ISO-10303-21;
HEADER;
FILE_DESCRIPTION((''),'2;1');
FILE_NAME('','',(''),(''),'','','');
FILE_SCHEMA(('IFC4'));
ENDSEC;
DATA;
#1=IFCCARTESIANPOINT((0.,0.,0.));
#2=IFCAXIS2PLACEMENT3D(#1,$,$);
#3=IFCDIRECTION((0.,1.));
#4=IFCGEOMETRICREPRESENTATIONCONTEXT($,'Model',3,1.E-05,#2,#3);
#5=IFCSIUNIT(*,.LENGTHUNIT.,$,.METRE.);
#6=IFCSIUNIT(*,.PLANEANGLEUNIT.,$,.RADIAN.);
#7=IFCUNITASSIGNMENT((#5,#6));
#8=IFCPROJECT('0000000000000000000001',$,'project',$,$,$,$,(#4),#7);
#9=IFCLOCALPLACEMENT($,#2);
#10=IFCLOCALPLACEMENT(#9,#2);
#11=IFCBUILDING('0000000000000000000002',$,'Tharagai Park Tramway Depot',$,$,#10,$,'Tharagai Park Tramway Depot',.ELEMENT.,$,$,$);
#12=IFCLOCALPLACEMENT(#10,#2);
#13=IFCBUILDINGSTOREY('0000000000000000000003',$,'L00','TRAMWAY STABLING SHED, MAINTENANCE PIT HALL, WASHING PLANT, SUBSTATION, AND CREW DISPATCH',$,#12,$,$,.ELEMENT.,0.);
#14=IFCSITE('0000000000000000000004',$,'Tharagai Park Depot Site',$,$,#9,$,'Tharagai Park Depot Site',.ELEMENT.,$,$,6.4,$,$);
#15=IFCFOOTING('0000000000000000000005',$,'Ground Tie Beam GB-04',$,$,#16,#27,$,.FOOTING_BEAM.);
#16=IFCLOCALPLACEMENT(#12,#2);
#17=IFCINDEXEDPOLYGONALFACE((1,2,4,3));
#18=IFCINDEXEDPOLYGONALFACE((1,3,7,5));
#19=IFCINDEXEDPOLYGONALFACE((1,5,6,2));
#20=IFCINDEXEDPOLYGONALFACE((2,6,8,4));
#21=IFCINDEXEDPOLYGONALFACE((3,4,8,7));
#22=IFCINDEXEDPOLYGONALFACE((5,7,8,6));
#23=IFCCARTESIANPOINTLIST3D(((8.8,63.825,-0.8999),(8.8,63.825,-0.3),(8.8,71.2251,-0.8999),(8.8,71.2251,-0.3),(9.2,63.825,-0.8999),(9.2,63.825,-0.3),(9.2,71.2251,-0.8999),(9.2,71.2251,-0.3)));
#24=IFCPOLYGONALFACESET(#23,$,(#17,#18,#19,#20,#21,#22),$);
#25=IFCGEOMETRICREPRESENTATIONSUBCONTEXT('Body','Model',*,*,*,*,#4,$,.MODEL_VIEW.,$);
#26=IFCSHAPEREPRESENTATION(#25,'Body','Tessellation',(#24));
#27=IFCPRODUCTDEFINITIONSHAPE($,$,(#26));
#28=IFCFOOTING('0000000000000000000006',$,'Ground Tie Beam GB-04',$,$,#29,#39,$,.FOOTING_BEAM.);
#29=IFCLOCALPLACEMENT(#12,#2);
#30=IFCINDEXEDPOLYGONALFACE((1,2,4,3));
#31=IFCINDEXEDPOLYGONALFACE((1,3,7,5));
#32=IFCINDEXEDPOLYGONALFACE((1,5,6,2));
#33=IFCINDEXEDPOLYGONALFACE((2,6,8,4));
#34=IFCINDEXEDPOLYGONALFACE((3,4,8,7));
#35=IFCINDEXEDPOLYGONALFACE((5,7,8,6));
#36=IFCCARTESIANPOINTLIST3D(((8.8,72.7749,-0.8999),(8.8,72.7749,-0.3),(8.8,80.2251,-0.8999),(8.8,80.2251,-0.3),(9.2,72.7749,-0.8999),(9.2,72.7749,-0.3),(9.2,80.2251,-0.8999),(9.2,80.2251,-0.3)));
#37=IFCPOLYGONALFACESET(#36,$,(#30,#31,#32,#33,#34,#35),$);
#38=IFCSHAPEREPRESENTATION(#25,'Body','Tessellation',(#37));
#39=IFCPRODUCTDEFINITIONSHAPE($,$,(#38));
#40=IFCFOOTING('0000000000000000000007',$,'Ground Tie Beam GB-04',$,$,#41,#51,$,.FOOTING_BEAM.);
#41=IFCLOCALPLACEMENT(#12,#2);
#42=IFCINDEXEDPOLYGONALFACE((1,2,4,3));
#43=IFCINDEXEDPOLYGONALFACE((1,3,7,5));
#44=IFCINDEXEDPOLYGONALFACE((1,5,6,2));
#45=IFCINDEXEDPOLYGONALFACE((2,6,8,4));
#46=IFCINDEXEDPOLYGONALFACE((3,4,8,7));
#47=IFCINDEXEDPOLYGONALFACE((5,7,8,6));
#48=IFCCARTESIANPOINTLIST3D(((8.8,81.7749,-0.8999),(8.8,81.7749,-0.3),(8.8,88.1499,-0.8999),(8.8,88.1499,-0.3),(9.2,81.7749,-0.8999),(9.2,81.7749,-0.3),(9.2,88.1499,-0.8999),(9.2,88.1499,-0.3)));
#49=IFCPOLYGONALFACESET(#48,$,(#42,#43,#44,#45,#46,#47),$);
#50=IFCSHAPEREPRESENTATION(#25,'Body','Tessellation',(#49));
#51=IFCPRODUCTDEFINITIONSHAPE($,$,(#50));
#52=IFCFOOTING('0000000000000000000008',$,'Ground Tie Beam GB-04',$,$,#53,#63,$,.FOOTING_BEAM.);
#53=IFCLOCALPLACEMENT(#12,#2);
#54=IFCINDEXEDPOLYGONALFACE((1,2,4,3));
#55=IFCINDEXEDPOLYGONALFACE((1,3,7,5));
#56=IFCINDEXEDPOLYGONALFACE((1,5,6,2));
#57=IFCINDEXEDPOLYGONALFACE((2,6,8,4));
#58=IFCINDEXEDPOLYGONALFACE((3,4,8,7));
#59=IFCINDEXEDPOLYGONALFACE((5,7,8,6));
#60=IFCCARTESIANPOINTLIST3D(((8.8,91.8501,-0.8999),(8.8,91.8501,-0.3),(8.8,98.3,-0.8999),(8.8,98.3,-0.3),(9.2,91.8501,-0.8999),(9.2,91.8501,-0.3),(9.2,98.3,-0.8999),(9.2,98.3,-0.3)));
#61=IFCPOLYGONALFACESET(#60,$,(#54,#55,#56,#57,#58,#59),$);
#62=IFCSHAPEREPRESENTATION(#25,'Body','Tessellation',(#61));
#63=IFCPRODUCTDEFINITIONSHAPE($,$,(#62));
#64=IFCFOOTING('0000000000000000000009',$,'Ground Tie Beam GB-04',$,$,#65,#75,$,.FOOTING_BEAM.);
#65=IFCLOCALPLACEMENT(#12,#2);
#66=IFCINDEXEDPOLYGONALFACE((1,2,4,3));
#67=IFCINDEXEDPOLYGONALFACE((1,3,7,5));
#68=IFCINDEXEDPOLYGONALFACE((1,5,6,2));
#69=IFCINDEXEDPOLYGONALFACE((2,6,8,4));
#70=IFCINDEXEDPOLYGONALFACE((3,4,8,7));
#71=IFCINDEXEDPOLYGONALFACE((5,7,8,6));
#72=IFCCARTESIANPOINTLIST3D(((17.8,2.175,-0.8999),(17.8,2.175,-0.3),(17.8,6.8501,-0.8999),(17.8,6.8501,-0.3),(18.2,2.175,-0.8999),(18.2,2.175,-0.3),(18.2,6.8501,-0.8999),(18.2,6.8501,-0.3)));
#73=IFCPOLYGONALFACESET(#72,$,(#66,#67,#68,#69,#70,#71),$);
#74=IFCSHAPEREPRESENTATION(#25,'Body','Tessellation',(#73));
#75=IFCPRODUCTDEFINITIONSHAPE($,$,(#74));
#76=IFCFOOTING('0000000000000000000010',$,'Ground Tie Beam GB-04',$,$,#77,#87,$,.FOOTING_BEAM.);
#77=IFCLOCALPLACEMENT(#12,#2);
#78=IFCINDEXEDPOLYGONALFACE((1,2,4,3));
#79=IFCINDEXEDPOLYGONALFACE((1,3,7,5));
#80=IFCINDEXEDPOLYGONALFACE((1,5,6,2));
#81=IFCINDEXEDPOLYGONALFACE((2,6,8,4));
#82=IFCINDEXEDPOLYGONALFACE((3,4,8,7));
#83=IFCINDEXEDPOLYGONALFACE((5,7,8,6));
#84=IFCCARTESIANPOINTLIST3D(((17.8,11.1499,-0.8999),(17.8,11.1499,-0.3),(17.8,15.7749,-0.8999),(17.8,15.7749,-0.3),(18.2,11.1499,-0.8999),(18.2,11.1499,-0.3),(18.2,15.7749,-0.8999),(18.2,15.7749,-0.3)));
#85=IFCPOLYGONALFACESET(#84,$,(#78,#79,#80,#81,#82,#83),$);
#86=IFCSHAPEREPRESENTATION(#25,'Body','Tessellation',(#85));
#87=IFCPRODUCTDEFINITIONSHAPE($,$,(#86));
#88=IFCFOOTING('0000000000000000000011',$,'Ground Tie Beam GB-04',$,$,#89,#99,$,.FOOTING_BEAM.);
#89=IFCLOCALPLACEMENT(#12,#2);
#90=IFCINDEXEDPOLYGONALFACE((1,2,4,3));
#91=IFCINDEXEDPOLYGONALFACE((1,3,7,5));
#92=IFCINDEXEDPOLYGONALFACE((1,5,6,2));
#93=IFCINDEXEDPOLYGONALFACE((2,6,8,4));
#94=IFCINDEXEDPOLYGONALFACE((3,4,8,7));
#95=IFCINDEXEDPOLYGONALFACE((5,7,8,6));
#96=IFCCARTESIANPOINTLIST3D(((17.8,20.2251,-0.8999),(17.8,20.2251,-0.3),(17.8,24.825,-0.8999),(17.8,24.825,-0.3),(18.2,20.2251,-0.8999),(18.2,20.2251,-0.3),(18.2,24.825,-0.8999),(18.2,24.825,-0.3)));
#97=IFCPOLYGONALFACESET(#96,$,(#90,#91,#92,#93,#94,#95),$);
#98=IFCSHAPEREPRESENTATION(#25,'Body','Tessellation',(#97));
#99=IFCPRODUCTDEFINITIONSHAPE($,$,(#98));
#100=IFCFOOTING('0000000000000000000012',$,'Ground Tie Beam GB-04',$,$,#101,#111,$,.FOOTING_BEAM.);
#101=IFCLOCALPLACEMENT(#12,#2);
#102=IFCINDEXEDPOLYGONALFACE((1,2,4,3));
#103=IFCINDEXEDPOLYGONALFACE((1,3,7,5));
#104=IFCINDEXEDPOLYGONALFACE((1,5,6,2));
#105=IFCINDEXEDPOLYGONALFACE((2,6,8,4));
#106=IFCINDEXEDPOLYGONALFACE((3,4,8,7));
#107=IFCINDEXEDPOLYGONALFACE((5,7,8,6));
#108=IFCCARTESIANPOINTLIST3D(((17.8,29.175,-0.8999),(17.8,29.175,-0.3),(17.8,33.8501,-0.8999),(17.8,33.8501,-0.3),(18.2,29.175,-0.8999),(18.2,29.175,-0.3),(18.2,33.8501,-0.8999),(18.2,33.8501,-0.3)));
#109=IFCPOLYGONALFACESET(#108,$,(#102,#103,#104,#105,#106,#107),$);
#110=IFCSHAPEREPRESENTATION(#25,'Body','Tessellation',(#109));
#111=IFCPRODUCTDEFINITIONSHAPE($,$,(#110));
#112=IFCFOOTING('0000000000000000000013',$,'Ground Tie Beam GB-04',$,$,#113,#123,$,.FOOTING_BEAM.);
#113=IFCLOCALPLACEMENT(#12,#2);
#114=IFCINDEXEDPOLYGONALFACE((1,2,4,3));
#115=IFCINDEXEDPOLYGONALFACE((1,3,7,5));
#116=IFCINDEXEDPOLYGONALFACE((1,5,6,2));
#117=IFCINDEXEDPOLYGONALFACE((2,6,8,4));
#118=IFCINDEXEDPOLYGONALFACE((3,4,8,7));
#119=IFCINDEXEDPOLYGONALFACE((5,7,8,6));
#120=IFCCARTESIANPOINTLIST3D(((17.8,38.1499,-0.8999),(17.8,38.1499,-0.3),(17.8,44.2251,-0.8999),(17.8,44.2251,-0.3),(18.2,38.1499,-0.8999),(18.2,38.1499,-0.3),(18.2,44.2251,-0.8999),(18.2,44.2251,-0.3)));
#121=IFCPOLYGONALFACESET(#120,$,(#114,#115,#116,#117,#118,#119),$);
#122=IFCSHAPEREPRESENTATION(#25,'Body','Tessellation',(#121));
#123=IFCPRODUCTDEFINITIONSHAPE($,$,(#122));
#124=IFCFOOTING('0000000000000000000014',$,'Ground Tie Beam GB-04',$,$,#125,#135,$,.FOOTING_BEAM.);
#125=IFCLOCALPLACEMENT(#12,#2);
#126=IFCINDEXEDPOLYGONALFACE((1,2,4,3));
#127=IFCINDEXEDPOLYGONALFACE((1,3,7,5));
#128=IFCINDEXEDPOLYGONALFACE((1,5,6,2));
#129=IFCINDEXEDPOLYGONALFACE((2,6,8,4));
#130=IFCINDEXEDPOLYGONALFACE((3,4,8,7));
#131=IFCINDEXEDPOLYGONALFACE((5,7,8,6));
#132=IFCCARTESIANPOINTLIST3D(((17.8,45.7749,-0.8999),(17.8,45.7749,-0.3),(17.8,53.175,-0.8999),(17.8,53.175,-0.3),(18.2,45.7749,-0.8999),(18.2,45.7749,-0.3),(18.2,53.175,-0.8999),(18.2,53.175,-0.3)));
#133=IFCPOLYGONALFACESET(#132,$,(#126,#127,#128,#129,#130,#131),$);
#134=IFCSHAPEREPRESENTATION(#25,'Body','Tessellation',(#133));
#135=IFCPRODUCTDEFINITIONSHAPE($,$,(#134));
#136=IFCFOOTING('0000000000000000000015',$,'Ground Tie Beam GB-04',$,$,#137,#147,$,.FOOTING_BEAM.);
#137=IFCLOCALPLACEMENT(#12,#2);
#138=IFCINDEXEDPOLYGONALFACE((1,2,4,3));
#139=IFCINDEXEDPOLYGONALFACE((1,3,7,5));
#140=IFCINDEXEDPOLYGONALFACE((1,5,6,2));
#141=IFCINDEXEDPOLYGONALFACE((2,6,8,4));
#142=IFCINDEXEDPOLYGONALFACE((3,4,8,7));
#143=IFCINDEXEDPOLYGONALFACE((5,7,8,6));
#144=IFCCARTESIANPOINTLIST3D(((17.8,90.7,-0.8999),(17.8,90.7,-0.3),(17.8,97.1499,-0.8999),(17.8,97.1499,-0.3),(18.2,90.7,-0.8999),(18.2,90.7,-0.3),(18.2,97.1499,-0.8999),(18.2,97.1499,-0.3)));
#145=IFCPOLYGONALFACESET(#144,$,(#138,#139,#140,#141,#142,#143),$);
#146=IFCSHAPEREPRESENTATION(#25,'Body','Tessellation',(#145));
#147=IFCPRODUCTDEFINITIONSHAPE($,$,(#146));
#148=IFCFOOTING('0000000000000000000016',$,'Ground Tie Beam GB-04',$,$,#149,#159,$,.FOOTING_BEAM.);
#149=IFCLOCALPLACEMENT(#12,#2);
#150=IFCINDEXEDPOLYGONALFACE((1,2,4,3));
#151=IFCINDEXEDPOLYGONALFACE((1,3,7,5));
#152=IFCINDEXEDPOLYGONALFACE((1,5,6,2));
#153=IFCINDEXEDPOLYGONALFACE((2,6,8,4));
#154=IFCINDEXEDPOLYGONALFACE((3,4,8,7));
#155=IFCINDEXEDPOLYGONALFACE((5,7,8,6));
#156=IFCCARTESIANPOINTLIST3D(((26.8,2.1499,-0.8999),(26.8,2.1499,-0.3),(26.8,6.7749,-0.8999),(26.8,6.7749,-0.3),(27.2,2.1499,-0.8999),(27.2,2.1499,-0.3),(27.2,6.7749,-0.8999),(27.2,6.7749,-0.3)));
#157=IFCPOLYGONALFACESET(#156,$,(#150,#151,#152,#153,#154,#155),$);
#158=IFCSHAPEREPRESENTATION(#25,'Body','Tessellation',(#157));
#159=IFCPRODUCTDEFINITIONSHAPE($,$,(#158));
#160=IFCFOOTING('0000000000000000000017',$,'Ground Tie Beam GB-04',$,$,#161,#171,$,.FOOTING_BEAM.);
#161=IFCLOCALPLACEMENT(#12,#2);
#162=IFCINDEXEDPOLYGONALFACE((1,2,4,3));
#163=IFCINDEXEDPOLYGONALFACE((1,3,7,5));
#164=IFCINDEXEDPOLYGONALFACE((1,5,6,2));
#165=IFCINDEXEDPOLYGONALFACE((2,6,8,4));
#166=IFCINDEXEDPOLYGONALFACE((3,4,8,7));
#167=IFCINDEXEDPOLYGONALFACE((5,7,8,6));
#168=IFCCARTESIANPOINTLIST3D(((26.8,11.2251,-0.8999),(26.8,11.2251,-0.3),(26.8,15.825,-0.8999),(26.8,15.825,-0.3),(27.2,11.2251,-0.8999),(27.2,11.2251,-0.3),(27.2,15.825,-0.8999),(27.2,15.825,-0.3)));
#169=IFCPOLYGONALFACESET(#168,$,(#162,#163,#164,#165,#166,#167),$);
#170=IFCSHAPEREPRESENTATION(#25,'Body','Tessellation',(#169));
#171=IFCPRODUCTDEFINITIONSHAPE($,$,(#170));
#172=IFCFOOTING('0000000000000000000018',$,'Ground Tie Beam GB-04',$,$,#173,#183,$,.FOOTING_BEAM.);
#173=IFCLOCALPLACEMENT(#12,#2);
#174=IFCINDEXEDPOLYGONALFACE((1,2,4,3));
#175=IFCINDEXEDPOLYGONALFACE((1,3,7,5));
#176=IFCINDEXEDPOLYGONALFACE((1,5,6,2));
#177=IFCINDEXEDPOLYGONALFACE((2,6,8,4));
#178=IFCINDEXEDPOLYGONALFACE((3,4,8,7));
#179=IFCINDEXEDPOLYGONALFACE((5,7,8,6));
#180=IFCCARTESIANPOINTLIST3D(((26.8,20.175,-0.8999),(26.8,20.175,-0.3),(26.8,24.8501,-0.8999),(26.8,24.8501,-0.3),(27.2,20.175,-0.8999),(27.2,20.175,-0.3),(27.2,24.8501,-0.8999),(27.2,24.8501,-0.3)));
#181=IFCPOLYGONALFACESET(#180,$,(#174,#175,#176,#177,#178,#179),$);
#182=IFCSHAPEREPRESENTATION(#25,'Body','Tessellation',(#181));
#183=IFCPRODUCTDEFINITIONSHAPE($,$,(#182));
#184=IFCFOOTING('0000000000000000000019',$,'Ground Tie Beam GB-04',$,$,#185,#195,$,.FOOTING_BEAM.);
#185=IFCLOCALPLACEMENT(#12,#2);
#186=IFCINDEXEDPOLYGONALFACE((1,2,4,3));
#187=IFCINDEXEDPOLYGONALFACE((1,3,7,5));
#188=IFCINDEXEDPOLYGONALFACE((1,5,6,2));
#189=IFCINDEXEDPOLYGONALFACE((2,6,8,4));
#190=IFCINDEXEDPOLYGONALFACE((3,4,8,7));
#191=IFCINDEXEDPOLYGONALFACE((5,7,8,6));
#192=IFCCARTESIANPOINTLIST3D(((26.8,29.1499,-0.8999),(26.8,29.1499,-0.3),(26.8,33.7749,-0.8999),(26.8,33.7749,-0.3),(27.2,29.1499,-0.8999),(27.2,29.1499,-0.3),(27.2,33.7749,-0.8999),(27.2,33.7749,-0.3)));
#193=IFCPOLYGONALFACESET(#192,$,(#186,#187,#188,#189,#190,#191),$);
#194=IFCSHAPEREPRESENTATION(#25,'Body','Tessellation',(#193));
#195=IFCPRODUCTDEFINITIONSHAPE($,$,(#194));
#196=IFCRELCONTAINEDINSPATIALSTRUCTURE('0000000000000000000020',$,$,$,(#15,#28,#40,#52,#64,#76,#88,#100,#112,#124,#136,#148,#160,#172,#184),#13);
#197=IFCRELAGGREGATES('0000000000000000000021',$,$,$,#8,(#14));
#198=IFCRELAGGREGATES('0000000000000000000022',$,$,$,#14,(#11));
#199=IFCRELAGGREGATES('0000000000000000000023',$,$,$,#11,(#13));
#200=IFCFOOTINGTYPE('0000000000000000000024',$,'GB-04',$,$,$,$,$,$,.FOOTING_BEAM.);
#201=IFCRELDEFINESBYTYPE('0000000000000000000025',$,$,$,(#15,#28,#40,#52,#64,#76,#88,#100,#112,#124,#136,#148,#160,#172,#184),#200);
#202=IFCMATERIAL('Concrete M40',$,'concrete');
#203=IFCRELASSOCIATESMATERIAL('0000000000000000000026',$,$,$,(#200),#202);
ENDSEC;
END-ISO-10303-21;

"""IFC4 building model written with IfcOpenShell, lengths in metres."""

from ifc_helpers import new_model, si_unit, direction, frame, origin, place, context, subcontext, project, spatial, polyline, outline, extrude, material, type_object, element, save


model = new_model("IFC4")

# Units and contexts
model_context = context("Model", 3, precision=1e-05, world=origin(), true_north=direction((0.0, 1.0)))
body_context = subcontext(model_context, "Body", "Model", "MODEL_VIEW")
ifc_project = project(units=[si_unit("LENGTHUNIT", "METRE"), si_unit("PLANEANGLEUNIT", "RADIAN")], contexts=[model_context])

# Site, building, storey
site_placement = place(None, origin())
site = spatial("IfcSite", under=ifc_project, at=site_placement, Name="Tharagai Park Depot Site", LongName="Tharagai Park Depot Site", CompositionType="ELEMENT", RefElevation=6.4)
building_placement = place(site_placement, origin())
building = spatial("IfcBuilding", under=site, at=building_placement, Name="Tharagai Park Tramway Depot", LongName="Tharagai Park Tramway Depot", CompositionType="ELEMENT")
storey_placement = place(building_placement, origin())
storey = spatial("IfcBuildingStorey", under=building, at=storey_placement, Name="L00", Description="TRAMWAY STABLING SHED, MAINTENANCE PIT HALL, WASHING PLANT, SUBSTATION, AND CREW DISPATCH", CompositionType="ELEMENT", Elevation=0.0)

# Footings
ifc_material = material(Name="Concrete M40", Category="concrete")
footing_type = type_object("IfcFootingType", Name="GB-04", PredefinedType="FOOTING_BEAM", material=ifc_material)
footing_1_placement = place(storey_placement, frame((0.0, 0.0, -0.8999)))
element("IfcFooting", 1, at=footing_1_placement, inside=storey, type_object=footing_type, Name="Ground Tie Beam GB-04", PredefinedType="FOOTING_BEAM", context=body_context, shape_type="SweptSolid", body=[
    extrude(outline(polyline([(8.8, 63.825), (9.2, 63.825), (9.2, 71.2251), (8.8, 71.2251), (8.8, 63.825)])), origin(), (0.0, 0.0, 1.0), 0.5999),
])
footing_2_placement = place(storey_placement, frame((0.0, 0.0, -0.8999)))
element("IfcFooting", 2, at=footing_2_placement, inside=storey, type_object=footing_type, Name="Ground Tie Beam GB-04", PredefinedType="FOOTING_BEAM", context=body_context, shape_type="SweptSolid", body=[
    extrude(outline(polyline([(8.8, 72.7749), (9.2, 72.7749), (9.2, 80.2251), (8.8, 80.2251), (8.8, 72.7749)])), origin(), (0.0, 0.0, 1.0), 0.5999),
])
footing_3_placement = place(storey_placement, frame((0.0, 0.0, -0.8999)))
element("IfcFooting", 3, at=footing_3_placement, inside=storey, type_object=footing_type, Name="Ground Tie Beam GB-04", PredefinedType="FOOTING_BEAM", context=body_context, shape_type="SweptSolid", body=[
    extrude(outline(polyline([(8.8, 81.7749), (9.2, 81.7749), (9.2, 88.1499), (8.8, 88.1499), (8.8, 81.7749)])), origin(), (0.0, 0.0, 1.0), 0.5999),
])
footing_4_placement = place(storey_placement, frame((0.0, 0.0, -0.8999)))
element("IfcFooting", 4, at=footing_4_placement, inside=storey, type_object=footing_type, Name="Ground Tie Beam GB-04", PredefinedType="FOOTING_BEAM", context=body_context, shape_type="SweptSolid", body=[
    extrude(outline(polyline([(8.8, 91.8501), (9.2, 91.8501), (9.2, 98.3), (8.8, 98.3), (8.8, 91.8501)])), origin(), (0.0, 0.0, 1.0), 0.5999),
])
footing_5_placement = place(storey_placement, frame((0.0, 0.0, -0.8999)))
element("IfcFooting", 5, at=footing_5_placement, inside=storey, type_object=footing_type, Name="Ground Tie Beam GB-04", PredefinedType="FOOTING_BEAM", context=body_context, shape_type="SweptSolid", body=[
    extrude(outline(polyline([(17.8, 2.175), (18.2, 2.175), (18.2, 6.8501), (17.8, 6.8501), (17.8, 2.175)])), origin(), (0.0, 0.0, 1.0), 0.5999),
])
footing_6_placement = place(storey_placement, frame((0.0, 0.0, -0.8999)))
element("IfcFooting", 6, at=footing_6_placement, inside=storey, type_object=footing_type, Name="Ground Tie Beam GB-04", PredefinedType="FOOTING_BEAM", context=body_context, shape_type="SweptSolid", body=[
    extrude(outline(polyline([(17.8, 11.1499), (18.2, 11.1499), (18.2, 15.7749), (17.8, 15.7749), (17.8, 11.1499)])), origin(), (0.0, 0.0, 1.0), 0.5999),
])
footing_7_placement = place(storey_placement, frame((0.0, 0.0, -0.8999)))
element("IfcFooting", 7, at=footing_7_placement, inside=storey, type_object=footing_type, Name="Ground Tie Beam GB-04", PredefinedType="FOOTING_BEAM", context=body_context, shape_type="SweptSolid", body=[
    extrude(outline(polyline([(17.8, 20.2251), (18.2, 20.2251), (18.2, 24.825), (17.8, 24.825), (17.8, 20.2251)])), origin(), (0.0, 0.0, 1.0), 0.5999),
])
footing_8_placement = place(storey_placement, frame((0.0, 0.0, -0.8999)))
element("IfcFooting", 8, at=footing_8_placement, inside=storey, type_object=footing_type, Name="Ground Tie Beam GB-04", PredefinedType="FOOTING_BEAM", context=body_context, shape_type="SweptSolid", body=[
    extrude(outline(polyline([(17.8, 29.175), (18.2, 29.175), (18.2, 33.8501), (17.8, 33.8501), (17.8, 29.175)])), origin(), (0.0, 0.0, 1.0), 0.5999),
])
footing_9_placement = place(storey_placement, frame((0.0, 0.0, -0.8999)))
element("IfcFooting", 9, at=footing_9_placement, inside=storey, type_object=footing_type, Name="Ground Tie Beam GB-04", PredefinedType="FOOTING_BEAM", context=body_context, shape_type="SweptSolid", body=[
    extrude(outline(polyline([(17.8, 38.1499), (18.2, 38.1499), (18.2, 44.2251), (17.8, 44.2251), (17.8, 38.1499)])), origin(), (0.0, 0.0, 1.0), 0.5999),
])
footing_10_placement = place(storey_placement, frame((0.0, 0.0, -0.8999)))
element("IfcFooting", 10, at=footing_10_placement, inside=storey, type_object=footing_type, Name="Ground Tie Beam GB-04", PredefinedType="FOOTING_BEAM", context=body_context, shape_type="SweptSolid", body=[
    extrude(outline(polyline([(17.8, 45.7749), (18.2, 45.7749), (18.2, 53.175), (17.8, 53.175), (17.8, 45.7749)])), origin(), (0.0, 0.0, 1.0), 0.5999),
])
footing_11_placement = place(storey_placement, frame((0.0, 0.0, -0.8999)))
element("IfcFooting", 11, at=footing_11_placement, inside=storey, type_object=footing_type, Name="Ground Tie Beam GB-04", PredefinedType="FOOTING_BEAM", context=body_context, shape_type="SweptSolid", body=[
    extrude(outline(polyline([(17.8, 90.7), (18.2, 90.7), (18.2, 97.1499), (17.8, 97.1499), (17.8, 90.7)])), origin(), (0.0, 0.0, 1.0), 0.5999),
])
footing_12_placement = place(storey_placement, frame((0.0, 0.0, -0.8999)))
element("IfcFooting", 12, at=footing_12_placement, inside=storey, type_object=footing_type, Name="Ground Tie Beam GB-04", PredefinedType="FOOTING_BEAM", context=body_context, shape_type="SweptSolid", body=[
    extrude(outline(polyline([(26.8, 2.1499), (27.2, 2.1499), (27.2, 6.7749), (26.8, 6.7749), (26.8, 2.1499)])), origin(), (0.0, 0.0, 1.0), 0.5999),
])
footing_13_placement = place(storey_placement, frame((0.0, 0.0, -0.8999)))
element("IfcFooting", 13, at=footing_13_placement, inside=storey, type_object=footing_type, Name="Ground Tie Beam GB-04", PredefinedType="FOOTING_BEAM", context=body_context, shape_type="SweptSolid", body=[
    extrude(outline(polyline([(26.8, 11.2251), (27.2, 11.2251), (27.2, 15.825), (26.8, 15.825), (26.8, 11.2251)])), origin(), (0.0, 0.0, 1.0), 0.5999),
])
footing_14_placement = place(storey_placement, frame((0.0, 0.0, -0.8999)))
element("IfcFooting", 14, at=footing_14_placement, inside=storey, type_object=footing_type, Name="Ground Tie Beam GB-04", PredefinedType="FOOTING_BEAM", context=body_context, shape_type="SweptSolid", body=[
    extrude(outline(polyline([(26.8, 20.175), (27.2, 20.175), (27.2, 24.8501), (26.8, 24.8501), (26.8, 20.175)])), origin(), (0.0, 0.0, 1.0), 0.5999),
])
footing_15_placement = place(storey_placement, frame((0.0, 0.0, -0.8999)))
element("IfcFooting", 15, at=footing_15_placement, inside=storey, type_object=footing_type, Name="Ground Tie Beam GB-04", PredefinedType="FOOTING_BEAM", context=body_context, shape_type="SweptSolid", body=[
    extrude(outline(polyline([(26.8, 29.1499), (27.2, 29.1499), (27.2, 33.7749), (26.8, 33.7749), (26.8, 29.1499)])), origin(), (0.0, 0.0, 1.0), 0.5999),
])

save(model, "model.ifc")
